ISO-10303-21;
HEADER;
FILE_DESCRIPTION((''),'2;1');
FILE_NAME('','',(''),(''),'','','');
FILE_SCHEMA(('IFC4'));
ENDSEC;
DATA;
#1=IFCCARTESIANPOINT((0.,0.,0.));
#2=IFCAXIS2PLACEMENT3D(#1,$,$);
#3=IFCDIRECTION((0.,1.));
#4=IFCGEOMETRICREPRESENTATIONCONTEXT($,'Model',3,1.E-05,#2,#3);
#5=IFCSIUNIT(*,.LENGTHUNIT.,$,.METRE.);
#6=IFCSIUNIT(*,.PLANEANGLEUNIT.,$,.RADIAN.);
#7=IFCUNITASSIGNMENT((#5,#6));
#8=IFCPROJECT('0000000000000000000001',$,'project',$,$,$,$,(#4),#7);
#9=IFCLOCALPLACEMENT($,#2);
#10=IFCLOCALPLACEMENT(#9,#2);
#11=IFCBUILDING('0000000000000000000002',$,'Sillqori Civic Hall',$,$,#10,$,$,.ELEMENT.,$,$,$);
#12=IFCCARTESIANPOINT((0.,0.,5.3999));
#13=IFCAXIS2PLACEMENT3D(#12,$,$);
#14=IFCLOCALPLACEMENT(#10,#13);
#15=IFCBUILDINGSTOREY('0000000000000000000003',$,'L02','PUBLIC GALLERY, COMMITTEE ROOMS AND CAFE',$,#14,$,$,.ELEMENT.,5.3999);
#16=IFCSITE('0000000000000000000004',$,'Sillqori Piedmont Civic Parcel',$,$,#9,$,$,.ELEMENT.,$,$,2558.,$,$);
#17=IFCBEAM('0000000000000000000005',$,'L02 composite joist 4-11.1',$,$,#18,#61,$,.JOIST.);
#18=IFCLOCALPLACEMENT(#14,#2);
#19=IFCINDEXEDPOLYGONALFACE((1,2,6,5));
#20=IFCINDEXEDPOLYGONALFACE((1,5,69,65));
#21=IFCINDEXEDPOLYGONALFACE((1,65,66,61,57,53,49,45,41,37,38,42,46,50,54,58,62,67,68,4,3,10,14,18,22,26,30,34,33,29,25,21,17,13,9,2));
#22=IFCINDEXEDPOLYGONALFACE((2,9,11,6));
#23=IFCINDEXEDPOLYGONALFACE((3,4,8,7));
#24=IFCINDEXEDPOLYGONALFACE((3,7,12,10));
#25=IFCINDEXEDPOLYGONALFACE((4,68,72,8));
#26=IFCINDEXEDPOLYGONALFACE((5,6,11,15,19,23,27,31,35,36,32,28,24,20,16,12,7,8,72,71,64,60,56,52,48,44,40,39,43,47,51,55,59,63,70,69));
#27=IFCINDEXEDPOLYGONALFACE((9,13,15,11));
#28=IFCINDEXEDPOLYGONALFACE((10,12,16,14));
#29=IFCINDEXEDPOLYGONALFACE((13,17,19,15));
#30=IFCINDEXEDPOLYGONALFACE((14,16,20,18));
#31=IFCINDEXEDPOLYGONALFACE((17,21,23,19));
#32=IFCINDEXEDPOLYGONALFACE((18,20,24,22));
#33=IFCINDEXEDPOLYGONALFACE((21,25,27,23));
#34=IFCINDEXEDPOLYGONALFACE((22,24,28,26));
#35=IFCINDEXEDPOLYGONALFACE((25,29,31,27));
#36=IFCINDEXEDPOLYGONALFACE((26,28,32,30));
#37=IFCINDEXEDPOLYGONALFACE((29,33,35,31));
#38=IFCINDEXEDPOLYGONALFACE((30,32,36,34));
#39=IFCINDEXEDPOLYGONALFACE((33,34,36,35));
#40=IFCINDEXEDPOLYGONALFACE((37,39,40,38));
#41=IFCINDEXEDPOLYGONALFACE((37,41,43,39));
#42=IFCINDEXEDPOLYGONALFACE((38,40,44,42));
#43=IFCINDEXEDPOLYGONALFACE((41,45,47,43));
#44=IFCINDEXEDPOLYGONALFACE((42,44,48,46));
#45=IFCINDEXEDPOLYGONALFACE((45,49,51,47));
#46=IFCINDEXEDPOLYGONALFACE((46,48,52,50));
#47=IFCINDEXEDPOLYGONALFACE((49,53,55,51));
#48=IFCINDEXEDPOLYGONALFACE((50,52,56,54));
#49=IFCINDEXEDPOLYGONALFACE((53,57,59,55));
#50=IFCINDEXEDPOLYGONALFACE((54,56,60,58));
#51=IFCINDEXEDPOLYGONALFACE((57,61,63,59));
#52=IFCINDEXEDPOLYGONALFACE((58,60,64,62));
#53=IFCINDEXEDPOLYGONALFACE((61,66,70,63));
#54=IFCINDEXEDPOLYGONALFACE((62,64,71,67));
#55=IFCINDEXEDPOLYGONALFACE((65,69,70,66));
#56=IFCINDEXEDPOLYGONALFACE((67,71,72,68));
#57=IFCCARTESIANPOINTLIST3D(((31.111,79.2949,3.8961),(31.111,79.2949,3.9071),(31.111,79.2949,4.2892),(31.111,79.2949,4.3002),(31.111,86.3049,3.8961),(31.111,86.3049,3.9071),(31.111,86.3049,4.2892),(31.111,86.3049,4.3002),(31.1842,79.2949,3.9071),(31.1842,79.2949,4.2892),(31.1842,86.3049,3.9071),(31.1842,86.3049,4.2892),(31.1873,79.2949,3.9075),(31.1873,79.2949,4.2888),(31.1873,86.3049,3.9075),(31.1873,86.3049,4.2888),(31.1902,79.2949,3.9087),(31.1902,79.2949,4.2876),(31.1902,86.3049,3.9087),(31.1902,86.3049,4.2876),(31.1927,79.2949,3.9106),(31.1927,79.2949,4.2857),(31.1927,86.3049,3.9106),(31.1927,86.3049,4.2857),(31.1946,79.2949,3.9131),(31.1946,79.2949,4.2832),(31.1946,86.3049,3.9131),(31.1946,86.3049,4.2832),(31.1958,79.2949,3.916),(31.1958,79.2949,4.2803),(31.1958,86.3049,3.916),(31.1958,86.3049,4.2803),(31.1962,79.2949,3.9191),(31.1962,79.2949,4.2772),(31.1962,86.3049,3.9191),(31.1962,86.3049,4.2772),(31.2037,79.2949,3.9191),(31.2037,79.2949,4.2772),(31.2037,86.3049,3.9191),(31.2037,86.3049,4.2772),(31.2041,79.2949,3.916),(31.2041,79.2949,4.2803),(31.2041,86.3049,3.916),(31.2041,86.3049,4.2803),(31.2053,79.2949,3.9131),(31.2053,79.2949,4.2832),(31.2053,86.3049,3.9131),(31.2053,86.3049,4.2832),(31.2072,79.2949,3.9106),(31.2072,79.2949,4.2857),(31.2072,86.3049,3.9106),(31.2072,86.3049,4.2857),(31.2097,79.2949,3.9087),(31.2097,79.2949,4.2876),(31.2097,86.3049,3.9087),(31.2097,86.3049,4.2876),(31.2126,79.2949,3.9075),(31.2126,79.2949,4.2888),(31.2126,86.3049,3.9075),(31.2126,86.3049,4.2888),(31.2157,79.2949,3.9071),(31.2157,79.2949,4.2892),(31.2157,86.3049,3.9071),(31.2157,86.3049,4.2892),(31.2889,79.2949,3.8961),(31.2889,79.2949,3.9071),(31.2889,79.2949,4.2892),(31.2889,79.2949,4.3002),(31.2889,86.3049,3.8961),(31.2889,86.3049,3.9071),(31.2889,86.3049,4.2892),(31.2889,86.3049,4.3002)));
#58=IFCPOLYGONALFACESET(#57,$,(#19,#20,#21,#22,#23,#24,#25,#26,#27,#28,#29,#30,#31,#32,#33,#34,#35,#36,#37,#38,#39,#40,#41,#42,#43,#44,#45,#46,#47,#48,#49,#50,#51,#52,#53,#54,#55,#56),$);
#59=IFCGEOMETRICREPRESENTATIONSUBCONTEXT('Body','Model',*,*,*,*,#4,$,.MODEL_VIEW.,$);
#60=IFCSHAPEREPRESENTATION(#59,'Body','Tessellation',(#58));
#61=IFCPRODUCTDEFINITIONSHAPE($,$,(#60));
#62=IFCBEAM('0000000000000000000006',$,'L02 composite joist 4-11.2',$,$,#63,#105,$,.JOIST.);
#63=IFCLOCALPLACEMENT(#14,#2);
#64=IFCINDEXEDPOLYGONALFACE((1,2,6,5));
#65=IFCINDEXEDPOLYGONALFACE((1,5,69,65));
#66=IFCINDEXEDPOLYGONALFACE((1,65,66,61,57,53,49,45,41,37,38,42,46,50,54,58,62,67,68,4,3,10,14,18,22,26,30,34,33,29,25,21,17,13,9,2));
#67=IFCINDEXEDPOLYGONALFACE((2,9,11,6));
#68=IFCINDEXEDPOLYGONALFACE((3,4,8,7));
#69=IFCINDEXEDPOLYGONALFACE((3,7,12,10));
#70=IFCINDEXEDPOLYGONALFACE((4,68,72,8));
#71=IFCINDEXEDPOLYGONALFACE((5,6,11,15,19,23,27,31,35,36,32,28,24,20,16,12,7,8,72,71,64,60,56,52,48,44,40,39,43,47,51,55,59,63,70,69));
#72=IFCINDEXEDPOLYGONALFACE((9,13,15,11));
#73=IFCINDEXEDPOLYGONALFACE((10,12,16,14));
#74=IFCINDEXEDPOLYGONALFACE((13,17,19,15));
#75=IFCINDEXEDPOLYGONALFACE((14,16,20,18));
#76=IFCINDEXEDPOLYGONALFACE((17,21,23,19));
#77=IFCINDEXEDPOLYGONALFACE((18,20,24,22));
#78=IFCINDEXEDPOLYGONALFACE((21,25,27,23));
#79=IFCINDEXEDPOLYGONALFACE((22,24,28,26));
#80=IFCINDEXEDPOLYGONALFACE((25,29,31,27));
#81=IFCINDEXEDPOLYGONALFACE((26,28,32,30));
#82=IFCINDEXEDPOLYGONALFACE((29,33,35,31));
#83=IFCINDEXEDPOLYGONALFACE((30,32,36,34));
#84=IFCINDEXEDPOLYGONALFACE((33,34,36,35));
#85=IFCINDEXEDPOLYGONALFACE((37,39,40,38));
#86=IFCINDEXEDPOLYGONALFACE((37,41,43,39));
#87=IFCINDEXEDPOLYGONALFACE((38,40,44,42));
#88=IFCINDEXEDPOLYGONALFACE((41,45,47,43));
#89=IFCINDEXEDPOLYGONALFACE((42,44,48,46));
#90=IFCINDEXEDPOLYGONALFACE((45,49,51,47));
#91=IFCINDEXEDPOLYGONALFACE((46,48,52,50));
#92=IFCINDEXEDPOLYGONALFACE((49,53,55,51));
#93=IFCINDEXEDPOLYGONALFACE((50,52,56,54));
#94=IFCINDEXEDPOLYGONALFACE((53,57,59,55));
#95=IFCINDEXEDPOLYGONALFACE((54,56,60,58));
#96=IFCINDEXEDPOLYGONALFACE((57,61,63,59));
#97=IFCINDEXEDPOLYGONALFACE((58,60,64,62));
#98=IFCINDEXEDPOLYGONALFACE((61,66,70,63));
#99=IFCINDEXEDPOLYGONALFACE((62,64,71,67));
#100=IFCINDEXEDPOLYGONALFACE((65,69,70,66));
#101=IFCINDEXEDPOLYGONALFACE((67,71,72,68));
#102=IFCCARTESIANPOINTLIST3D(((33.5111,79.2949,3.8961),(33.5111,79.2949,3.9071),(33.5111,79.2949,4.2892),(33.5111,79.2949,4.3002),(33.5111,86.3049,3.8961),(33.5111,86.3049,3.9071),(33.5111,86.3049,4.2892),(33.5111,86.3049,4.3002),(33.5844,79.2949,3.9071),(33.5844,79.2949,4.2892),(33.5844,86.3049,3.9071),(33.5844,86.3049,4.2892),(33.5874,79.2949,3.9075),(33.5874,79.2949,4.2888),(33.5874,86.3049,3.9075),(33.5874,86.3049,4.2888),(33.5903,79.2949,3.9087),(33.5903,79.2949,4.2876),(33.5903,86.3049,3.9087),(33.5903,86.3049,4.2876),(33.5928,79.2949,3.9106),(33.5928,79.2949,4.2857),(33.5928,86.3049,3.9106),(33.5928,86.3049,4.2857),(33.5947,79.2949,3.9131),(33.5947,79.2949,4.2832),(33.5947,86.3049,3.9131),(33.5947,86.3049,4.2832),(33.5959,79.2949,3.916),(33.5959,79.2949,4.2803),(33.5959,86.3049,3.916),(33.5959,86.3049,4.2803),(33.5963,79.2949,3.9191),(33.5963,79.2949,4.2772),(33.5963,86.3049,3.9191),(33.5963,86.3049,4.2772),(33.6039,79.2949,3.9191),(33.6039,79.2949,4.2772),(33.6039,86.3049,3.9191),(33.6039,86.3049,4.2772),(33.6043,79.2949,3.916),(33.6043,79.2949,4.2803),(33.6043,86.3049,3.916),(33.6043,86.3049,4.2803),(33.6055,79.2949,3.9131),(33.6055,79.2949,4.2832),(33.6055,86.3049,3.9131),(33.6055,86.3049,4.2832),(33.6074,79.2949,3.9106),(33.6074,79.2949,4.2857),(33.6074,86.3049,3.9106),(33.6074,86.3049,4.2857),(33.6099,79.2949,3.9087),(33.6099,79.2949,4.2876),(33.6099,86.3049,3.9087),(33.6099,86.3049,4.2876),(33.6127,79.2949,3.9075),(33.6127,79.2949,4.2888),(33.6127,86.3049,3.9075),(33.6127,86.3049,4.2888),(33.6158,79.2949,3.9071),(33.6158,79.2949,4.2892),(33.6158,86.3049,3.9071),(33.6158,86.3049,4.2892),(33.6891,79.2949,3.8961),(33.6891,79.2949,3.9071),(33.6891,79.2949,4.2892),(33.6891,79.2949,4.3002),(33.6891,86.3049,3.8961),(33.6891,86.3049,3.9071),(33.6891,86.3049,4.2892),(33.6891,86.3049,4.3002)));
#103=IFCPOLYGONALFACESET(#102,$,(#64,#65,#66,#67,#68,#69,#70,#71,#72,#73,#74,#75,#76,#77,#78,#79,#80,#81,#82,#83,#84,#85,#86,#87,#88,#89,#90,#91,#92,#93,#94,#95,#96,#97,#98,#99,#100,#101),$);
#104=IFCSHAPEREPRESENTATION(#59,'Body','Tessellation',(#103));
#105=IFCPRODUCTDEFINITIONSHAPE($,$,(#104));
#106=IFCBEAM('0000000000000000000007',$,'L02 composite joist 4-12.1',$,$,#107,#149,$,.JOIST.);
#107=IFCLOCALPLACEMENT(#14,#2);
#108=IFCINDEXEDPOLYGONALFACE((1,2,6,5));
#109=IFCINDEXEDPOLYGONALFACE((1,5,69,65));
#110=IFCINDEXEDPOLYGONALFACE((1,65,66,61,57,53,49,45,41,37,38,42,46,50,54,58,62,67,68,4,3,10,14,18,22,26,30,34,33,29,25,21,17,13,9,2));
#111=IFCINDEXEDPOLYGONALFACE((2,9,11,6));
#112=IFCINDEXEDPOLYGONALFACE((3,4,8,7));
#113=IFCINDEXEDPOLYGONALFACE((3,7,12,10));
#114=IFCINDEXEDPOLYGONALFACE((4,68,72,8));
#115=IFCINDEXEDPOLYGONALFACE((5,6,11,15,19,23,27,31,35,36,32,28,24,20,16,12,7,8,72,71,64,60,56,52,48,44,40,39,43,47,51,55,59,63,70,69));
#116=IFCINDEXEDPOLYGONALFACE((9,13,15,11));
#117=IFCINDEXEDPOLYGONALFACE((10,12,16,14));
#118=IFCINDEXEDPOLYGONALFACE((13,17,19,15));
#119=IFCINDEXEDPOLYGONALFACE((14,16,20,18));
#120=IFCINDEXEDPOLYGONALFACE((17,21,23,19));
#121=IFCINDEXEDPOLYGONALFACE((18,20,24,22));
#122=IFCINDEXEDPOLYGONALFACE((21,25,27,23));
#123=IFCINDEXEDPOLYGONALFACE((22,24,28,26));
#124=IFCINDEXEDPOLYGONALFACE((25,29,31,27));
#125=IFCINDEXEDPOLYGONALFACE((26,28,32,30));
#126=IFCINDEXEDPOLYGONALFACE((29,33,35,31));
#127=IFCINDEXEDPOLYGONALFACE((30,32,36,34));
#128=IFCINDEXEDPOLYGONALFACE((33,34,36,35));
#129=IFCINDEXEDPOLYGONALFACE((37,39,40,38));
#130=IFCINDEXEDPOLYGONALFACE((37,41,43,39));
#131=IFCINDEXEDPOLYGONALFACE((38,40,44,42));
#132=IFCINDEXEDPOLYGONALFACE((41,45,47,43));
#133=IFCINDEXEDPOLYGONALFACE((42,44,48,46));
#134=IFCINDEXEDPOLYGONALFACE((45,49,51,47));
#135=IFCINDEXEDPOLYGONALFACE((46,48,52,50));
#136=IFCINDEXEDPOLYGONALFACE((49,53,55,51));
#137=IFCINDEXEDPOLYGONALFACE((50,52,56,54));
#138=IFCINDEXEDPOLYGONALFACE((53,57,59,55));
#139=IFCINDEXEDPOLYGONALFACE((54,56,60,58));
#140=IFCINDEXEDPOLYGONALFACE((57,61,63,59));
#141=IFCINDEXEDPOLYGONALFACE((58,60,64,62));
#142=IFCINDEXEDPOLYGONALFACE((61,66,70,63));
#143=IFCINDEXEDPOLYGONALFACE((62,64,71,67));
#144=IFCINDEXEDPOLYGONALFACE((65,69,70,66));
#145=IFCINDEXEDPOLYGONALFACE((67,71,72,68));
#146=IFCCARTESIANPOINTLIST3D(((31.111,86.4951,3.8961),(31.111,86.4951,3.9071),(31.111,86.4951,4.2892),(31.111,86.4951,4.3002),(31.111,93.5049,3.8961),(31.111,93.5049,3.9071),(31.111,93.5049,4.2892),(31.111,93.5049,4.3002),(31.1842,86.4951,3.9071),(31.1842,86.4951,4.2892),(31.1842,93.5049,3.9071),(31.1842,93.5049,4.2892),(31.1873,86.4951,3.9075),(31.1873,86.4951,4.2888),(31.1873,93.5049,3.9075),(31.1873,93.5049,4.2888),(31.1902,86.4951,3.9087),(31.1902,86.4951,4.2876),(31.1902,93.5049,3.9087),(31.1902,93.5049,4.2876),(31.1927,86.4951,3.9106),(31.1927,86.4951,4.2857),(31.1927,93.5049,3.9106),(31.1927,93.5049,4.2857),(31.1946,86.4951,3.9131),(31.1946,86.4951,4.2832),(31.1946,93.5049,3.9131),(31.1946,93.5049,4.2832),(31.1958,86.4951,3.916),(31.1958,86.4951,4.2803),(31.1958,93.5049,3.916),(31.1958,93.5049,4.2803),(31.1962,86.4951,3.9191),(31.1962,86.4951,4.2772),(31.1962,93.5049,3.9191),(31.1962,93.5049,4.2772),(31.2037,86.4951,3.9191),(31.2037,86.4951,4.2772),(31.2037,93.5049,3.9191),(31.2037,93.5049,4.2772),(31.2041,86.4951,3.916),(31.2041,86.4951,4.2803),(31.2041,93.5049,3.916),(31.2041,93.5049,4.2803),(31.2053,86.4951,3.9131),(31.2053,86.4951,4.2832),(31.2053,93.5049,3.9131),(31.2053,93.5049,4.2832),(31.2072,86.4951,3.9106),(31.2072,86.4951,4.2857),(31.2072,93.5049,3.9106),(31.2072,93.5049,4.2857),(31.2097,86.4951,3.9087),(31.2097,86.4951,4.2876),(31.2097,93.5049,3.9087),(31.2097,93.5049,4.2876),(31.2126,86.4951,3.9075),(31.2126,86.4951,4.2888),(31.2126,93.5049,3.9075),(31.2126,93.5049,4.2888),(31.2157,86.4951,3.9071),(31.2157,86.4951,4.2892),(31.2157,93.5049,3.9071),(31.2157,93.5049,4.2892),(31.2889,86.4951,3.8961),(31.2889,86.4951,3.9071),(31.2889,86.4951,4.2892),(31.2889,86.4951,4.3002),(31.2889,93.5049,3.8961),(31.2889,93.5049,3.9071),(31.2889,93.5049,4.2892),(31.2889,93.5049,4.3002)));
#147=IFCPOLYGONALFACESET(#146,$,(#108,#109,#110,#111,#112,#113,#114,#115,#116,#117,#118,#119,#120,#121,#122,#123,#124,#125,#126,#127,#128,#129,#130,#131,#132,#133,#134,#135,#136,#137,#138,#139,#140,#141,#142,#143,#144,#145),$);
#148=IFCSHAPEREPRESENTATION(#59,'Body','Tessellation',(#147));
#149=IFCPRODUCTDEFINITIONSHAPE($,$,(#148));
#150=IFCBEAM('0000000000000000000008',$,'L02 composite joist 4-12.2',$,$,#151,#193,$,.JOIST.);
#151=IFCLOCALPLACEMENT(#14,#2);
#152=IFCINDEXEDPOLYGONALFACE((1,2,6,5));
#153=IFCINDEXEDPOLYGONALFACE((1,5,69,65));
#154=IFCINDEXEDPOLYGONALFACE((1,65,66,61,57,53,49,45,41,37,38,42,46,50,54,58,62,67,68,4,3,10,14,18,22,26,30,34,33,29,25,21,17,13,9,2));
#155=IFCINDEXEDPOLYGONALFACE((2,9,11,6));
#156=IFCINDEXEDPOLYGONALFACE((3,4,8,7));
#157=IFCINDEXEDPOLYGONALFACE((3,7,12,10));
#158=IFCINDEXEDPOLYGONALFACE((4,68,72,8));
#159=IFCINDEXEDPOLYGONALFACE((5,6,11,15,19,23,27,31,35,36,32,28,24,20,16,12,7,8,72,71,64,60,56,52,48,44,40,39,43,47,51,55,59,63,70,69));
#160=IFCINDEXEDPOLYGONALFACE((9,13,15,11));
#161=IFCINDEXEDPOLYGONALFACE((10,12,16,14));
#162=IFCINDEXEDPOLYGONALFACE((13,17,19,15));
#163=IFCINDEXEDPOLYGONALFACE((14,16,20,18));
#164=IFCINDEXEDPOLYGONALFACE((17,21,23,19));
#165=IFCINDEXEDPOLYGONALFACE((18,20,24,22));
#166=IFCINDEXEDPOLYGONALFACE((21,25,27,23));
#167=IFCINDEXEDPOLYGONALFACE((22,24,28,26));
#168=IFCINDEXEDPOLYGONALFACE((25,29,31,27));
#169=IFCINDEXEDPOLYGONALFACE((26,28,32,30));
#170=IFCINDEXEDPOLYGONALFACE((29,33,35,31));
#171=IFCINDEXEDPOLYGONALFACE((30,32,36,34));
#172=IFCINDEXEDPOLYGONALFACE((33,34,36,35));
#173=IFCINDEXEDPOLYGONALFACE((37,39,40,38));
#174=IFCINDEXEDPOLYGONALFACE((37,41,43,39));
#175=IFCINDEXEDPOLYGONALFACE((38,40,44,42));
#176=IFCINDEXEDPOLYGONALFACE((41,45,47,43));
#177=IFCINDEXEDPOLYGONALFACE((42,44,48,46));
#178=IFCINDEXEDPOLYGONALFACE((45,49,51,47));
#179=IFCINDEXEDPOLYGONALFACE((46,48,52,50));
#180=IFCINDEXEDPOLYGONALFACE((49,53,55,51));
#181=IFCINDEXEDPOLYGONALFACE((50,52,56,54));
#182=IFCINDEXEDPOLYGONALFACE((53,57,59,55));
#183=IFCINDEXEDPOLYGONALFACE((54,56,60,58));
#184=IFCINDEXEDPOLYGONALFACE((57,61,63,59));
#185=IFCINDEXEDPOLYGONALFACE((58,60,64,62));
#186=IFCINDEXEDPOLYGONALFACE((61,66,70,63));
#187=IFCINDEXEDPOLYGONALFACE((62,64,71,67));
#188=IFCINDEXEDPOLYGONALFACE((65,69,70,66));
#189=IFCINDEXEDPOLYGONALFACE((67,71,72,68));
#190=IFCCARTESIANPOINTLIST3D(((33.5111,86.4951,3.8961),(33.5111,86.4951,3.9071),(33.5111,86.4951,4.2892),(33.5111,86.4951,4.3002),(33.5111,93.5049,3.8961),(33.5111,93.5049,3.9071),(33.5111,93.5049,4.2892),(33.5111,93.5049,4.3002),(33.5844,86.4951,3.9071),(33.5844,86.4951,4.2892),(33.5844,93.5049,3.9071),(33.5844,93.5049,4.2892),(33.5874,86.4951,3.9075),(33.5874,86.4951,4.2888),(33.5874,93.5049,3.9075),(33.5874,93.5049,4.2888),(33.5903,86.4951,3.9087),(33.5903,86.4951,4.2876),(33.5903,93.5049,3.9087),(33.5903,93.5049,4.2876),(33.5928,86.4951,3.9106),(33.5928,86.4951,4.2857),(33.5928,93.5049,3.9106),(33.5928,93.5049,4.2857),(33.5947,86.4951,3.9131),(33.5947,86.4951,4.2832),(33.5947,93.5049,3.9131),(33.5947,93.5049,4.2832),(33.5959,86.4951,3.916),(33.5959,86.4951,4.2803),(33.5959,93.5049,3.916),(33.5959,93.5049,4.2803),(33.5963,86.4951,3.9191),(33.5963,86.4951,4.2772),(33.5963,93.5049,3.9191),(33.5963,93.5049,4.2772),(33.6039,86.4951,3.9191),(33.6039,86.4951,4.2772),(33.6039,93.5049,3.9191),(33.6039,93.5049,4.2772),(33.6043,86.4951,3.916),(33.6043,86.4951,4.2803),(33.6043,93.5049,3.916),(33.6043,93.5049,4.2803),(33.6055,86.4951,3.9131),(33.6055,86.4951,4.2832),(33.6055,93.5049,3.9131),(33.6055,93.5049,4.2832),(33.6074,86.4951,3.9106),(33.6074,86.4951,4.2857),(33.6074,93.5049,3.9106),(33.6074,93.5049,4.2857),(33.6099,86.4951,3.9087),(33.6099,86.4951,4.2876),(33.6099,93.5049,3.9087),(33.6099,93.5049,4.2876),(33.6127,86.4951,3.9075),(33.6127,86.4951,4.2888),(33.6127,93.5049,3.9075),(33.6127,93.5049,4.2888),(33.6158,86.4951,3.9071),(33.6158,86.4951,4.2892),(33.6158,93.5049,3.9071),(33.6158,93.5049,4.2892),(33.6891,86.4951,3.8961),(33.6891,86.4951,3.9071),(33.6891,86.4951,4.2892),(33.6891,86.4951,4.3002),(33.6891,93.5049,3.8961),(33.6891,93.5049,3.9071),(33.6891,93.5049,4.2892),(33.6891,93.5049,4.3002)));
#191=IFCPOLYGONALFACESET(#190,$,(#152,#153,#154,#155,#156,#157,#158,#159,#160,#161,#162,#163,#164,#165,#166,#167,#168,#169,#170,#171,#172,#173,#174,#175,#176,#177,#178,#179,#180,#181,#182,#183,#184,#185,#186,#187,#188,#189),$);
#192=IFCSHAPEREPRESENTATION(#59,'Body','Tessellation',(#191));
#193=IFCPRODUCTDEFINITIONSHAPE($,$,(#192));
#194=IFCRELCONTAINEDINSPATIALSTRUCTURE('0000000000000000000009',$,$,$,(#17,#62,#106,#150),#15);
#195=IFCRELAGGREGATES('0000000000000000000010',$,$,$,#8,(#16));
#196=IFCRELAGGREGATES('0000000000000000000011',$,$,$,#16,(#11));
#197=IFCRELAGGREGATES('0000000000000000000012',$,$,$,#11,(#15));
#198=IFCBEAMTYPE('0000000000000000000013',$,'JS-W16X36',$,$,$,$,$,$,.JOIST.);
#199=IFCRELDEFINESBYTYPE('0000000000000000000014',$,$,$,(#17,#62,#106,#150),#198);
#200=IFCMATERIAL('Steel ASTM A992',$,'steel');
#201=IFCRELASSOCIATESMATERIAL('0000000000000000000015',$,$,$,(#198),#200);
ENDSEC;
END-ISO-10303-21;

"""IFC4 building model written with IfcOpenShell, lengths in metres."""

from ifc_helpers import new_model, si_unit, direction, frame, origin, origin_2d, place, context, subcontext, project, spatial, i_section, extrude, material, material_profile, profile_set, type_object, element, save


model = new_model("IFC4")

# Units and contexts
model_context = context("Model", 3, precision=1e-05, world=origin(), true_north=direction((0.0, 1.0)))
body_context = subcontext(model_context, "Body", "Model", "MODEL_VIEW")
ifc_project = project(units=[si_unit("LENGTHUNIT", "METRE"), si_unit("PLANEANGLEUNIT", "RADIAN")], contexts=[model_context])

# Site, building, storey
site_placement = place(None, origin())
site = spatial("IfcSite", under=ifc_project, at=site_placement, Name="Sillqori Piedmont Civic Parcel", CompositionType="ELEMENT", RefElevation=2558.0)
building_placement = place(site_placement, origin())
building = spatial("IfcBuilding", under=site, at=building_placement, Name="Sillqori Civic Hall", CompositionType="ELEMENT")
storey_placement = place(building_placement, frame((0.0, 0.0, 5.3999)))
storey = spatial("IfcBuildingStorey", under=building, at=storey_placement, Name="L02", Description="PUBLIC GALLERY, COMMITTEE ROOMS AND CAFE", CompositionType="ELEMENT", Elevation=5.3999)

# Shared definitions
ifc_material_1 = material(Name="Steel ASTM A992", Category="steel")

# Beams
ifc_material_profile_1 = material_profile(ifc_material_1, i_section(OverallWidth=0.178, OverallDepth=0.4041, WebThickness=0.0076, FlangeThickness=0.011, FilletRadius=0.012, at=origin_2d()), Name="W16X36")
ifc_profile_set_1 = profile_set([ifc_material_profile_1], Name="Steel ASTM A992")
beam_type_1 = type_object("IfcBeamType", Name="JS-W16X36", PredefinedType="JOIST", material=ifc_profile_set_1)
for number, where, z_axis, x_axis, name in (
    (1, (31.2, 79.2949, 4.0981), (0.0, 1.0, 0.0), (-1.0, 0.0, 0.0), "L02 composite joist 4-11.1"),
    (2, (33.6001, 79.2949, 4.0981), (0.0, 1.0, 0.0), (-1.0, 0.0, 0.0), "L02 composite joist 4-11.2"),
):
    element("IfcBeam", number, at=place(storey_placement, frame(where, z_axis=z_axis, x_axis=x_axis)), inside=storey, type_object=beam_type_1, Name=name, PredefinedType="JOIST", context=body_context, shape_type="SweptSolid", body=[
        extrude(i_section(OverallWidth=0.178, OverallDepth=0.4041, WebThickness=0.0076, FlangeThickness=0.011, FilletRadius=0.012, at=origin_2d()), origin(), (0.0, 0.0, 1.0), 7.01),
    ])
for number, where, z_axis, x_axis, name in (
    (3, (31.2, 86.4951, 4.0981), (0.0, 1.0, 0.0), (-1.0, 0.0, 0.0), "L02 composite joist 4-12.1"),
    (4, (33.6001, 86.4951, 4.0981), (0.0, 1.0, 0.0), (-1.0, 0.0, 0.0), "L02 composite joist 4-12.2"),
):
    element("IfcBeam", number, at=place(storey_placement, frame(where, z_axis=z_axis, x_axis=x_axis)), inside=storey, type_object=beam_type_1, Name=name, PredefinedType="JOIST", context=body_context, shape_type="SweptSolid", body=[
        extrude(i_section(OverallWidth=0.178, OverallDepth=0.4041, WebThickness=0.0076, FlangeThickness=0.011, FilletRadius=0.012, at=origin_2d()), origin(), (0.0, 0.0, 1.0), 7.0098),
    ])

save(model, "model.ifc")
